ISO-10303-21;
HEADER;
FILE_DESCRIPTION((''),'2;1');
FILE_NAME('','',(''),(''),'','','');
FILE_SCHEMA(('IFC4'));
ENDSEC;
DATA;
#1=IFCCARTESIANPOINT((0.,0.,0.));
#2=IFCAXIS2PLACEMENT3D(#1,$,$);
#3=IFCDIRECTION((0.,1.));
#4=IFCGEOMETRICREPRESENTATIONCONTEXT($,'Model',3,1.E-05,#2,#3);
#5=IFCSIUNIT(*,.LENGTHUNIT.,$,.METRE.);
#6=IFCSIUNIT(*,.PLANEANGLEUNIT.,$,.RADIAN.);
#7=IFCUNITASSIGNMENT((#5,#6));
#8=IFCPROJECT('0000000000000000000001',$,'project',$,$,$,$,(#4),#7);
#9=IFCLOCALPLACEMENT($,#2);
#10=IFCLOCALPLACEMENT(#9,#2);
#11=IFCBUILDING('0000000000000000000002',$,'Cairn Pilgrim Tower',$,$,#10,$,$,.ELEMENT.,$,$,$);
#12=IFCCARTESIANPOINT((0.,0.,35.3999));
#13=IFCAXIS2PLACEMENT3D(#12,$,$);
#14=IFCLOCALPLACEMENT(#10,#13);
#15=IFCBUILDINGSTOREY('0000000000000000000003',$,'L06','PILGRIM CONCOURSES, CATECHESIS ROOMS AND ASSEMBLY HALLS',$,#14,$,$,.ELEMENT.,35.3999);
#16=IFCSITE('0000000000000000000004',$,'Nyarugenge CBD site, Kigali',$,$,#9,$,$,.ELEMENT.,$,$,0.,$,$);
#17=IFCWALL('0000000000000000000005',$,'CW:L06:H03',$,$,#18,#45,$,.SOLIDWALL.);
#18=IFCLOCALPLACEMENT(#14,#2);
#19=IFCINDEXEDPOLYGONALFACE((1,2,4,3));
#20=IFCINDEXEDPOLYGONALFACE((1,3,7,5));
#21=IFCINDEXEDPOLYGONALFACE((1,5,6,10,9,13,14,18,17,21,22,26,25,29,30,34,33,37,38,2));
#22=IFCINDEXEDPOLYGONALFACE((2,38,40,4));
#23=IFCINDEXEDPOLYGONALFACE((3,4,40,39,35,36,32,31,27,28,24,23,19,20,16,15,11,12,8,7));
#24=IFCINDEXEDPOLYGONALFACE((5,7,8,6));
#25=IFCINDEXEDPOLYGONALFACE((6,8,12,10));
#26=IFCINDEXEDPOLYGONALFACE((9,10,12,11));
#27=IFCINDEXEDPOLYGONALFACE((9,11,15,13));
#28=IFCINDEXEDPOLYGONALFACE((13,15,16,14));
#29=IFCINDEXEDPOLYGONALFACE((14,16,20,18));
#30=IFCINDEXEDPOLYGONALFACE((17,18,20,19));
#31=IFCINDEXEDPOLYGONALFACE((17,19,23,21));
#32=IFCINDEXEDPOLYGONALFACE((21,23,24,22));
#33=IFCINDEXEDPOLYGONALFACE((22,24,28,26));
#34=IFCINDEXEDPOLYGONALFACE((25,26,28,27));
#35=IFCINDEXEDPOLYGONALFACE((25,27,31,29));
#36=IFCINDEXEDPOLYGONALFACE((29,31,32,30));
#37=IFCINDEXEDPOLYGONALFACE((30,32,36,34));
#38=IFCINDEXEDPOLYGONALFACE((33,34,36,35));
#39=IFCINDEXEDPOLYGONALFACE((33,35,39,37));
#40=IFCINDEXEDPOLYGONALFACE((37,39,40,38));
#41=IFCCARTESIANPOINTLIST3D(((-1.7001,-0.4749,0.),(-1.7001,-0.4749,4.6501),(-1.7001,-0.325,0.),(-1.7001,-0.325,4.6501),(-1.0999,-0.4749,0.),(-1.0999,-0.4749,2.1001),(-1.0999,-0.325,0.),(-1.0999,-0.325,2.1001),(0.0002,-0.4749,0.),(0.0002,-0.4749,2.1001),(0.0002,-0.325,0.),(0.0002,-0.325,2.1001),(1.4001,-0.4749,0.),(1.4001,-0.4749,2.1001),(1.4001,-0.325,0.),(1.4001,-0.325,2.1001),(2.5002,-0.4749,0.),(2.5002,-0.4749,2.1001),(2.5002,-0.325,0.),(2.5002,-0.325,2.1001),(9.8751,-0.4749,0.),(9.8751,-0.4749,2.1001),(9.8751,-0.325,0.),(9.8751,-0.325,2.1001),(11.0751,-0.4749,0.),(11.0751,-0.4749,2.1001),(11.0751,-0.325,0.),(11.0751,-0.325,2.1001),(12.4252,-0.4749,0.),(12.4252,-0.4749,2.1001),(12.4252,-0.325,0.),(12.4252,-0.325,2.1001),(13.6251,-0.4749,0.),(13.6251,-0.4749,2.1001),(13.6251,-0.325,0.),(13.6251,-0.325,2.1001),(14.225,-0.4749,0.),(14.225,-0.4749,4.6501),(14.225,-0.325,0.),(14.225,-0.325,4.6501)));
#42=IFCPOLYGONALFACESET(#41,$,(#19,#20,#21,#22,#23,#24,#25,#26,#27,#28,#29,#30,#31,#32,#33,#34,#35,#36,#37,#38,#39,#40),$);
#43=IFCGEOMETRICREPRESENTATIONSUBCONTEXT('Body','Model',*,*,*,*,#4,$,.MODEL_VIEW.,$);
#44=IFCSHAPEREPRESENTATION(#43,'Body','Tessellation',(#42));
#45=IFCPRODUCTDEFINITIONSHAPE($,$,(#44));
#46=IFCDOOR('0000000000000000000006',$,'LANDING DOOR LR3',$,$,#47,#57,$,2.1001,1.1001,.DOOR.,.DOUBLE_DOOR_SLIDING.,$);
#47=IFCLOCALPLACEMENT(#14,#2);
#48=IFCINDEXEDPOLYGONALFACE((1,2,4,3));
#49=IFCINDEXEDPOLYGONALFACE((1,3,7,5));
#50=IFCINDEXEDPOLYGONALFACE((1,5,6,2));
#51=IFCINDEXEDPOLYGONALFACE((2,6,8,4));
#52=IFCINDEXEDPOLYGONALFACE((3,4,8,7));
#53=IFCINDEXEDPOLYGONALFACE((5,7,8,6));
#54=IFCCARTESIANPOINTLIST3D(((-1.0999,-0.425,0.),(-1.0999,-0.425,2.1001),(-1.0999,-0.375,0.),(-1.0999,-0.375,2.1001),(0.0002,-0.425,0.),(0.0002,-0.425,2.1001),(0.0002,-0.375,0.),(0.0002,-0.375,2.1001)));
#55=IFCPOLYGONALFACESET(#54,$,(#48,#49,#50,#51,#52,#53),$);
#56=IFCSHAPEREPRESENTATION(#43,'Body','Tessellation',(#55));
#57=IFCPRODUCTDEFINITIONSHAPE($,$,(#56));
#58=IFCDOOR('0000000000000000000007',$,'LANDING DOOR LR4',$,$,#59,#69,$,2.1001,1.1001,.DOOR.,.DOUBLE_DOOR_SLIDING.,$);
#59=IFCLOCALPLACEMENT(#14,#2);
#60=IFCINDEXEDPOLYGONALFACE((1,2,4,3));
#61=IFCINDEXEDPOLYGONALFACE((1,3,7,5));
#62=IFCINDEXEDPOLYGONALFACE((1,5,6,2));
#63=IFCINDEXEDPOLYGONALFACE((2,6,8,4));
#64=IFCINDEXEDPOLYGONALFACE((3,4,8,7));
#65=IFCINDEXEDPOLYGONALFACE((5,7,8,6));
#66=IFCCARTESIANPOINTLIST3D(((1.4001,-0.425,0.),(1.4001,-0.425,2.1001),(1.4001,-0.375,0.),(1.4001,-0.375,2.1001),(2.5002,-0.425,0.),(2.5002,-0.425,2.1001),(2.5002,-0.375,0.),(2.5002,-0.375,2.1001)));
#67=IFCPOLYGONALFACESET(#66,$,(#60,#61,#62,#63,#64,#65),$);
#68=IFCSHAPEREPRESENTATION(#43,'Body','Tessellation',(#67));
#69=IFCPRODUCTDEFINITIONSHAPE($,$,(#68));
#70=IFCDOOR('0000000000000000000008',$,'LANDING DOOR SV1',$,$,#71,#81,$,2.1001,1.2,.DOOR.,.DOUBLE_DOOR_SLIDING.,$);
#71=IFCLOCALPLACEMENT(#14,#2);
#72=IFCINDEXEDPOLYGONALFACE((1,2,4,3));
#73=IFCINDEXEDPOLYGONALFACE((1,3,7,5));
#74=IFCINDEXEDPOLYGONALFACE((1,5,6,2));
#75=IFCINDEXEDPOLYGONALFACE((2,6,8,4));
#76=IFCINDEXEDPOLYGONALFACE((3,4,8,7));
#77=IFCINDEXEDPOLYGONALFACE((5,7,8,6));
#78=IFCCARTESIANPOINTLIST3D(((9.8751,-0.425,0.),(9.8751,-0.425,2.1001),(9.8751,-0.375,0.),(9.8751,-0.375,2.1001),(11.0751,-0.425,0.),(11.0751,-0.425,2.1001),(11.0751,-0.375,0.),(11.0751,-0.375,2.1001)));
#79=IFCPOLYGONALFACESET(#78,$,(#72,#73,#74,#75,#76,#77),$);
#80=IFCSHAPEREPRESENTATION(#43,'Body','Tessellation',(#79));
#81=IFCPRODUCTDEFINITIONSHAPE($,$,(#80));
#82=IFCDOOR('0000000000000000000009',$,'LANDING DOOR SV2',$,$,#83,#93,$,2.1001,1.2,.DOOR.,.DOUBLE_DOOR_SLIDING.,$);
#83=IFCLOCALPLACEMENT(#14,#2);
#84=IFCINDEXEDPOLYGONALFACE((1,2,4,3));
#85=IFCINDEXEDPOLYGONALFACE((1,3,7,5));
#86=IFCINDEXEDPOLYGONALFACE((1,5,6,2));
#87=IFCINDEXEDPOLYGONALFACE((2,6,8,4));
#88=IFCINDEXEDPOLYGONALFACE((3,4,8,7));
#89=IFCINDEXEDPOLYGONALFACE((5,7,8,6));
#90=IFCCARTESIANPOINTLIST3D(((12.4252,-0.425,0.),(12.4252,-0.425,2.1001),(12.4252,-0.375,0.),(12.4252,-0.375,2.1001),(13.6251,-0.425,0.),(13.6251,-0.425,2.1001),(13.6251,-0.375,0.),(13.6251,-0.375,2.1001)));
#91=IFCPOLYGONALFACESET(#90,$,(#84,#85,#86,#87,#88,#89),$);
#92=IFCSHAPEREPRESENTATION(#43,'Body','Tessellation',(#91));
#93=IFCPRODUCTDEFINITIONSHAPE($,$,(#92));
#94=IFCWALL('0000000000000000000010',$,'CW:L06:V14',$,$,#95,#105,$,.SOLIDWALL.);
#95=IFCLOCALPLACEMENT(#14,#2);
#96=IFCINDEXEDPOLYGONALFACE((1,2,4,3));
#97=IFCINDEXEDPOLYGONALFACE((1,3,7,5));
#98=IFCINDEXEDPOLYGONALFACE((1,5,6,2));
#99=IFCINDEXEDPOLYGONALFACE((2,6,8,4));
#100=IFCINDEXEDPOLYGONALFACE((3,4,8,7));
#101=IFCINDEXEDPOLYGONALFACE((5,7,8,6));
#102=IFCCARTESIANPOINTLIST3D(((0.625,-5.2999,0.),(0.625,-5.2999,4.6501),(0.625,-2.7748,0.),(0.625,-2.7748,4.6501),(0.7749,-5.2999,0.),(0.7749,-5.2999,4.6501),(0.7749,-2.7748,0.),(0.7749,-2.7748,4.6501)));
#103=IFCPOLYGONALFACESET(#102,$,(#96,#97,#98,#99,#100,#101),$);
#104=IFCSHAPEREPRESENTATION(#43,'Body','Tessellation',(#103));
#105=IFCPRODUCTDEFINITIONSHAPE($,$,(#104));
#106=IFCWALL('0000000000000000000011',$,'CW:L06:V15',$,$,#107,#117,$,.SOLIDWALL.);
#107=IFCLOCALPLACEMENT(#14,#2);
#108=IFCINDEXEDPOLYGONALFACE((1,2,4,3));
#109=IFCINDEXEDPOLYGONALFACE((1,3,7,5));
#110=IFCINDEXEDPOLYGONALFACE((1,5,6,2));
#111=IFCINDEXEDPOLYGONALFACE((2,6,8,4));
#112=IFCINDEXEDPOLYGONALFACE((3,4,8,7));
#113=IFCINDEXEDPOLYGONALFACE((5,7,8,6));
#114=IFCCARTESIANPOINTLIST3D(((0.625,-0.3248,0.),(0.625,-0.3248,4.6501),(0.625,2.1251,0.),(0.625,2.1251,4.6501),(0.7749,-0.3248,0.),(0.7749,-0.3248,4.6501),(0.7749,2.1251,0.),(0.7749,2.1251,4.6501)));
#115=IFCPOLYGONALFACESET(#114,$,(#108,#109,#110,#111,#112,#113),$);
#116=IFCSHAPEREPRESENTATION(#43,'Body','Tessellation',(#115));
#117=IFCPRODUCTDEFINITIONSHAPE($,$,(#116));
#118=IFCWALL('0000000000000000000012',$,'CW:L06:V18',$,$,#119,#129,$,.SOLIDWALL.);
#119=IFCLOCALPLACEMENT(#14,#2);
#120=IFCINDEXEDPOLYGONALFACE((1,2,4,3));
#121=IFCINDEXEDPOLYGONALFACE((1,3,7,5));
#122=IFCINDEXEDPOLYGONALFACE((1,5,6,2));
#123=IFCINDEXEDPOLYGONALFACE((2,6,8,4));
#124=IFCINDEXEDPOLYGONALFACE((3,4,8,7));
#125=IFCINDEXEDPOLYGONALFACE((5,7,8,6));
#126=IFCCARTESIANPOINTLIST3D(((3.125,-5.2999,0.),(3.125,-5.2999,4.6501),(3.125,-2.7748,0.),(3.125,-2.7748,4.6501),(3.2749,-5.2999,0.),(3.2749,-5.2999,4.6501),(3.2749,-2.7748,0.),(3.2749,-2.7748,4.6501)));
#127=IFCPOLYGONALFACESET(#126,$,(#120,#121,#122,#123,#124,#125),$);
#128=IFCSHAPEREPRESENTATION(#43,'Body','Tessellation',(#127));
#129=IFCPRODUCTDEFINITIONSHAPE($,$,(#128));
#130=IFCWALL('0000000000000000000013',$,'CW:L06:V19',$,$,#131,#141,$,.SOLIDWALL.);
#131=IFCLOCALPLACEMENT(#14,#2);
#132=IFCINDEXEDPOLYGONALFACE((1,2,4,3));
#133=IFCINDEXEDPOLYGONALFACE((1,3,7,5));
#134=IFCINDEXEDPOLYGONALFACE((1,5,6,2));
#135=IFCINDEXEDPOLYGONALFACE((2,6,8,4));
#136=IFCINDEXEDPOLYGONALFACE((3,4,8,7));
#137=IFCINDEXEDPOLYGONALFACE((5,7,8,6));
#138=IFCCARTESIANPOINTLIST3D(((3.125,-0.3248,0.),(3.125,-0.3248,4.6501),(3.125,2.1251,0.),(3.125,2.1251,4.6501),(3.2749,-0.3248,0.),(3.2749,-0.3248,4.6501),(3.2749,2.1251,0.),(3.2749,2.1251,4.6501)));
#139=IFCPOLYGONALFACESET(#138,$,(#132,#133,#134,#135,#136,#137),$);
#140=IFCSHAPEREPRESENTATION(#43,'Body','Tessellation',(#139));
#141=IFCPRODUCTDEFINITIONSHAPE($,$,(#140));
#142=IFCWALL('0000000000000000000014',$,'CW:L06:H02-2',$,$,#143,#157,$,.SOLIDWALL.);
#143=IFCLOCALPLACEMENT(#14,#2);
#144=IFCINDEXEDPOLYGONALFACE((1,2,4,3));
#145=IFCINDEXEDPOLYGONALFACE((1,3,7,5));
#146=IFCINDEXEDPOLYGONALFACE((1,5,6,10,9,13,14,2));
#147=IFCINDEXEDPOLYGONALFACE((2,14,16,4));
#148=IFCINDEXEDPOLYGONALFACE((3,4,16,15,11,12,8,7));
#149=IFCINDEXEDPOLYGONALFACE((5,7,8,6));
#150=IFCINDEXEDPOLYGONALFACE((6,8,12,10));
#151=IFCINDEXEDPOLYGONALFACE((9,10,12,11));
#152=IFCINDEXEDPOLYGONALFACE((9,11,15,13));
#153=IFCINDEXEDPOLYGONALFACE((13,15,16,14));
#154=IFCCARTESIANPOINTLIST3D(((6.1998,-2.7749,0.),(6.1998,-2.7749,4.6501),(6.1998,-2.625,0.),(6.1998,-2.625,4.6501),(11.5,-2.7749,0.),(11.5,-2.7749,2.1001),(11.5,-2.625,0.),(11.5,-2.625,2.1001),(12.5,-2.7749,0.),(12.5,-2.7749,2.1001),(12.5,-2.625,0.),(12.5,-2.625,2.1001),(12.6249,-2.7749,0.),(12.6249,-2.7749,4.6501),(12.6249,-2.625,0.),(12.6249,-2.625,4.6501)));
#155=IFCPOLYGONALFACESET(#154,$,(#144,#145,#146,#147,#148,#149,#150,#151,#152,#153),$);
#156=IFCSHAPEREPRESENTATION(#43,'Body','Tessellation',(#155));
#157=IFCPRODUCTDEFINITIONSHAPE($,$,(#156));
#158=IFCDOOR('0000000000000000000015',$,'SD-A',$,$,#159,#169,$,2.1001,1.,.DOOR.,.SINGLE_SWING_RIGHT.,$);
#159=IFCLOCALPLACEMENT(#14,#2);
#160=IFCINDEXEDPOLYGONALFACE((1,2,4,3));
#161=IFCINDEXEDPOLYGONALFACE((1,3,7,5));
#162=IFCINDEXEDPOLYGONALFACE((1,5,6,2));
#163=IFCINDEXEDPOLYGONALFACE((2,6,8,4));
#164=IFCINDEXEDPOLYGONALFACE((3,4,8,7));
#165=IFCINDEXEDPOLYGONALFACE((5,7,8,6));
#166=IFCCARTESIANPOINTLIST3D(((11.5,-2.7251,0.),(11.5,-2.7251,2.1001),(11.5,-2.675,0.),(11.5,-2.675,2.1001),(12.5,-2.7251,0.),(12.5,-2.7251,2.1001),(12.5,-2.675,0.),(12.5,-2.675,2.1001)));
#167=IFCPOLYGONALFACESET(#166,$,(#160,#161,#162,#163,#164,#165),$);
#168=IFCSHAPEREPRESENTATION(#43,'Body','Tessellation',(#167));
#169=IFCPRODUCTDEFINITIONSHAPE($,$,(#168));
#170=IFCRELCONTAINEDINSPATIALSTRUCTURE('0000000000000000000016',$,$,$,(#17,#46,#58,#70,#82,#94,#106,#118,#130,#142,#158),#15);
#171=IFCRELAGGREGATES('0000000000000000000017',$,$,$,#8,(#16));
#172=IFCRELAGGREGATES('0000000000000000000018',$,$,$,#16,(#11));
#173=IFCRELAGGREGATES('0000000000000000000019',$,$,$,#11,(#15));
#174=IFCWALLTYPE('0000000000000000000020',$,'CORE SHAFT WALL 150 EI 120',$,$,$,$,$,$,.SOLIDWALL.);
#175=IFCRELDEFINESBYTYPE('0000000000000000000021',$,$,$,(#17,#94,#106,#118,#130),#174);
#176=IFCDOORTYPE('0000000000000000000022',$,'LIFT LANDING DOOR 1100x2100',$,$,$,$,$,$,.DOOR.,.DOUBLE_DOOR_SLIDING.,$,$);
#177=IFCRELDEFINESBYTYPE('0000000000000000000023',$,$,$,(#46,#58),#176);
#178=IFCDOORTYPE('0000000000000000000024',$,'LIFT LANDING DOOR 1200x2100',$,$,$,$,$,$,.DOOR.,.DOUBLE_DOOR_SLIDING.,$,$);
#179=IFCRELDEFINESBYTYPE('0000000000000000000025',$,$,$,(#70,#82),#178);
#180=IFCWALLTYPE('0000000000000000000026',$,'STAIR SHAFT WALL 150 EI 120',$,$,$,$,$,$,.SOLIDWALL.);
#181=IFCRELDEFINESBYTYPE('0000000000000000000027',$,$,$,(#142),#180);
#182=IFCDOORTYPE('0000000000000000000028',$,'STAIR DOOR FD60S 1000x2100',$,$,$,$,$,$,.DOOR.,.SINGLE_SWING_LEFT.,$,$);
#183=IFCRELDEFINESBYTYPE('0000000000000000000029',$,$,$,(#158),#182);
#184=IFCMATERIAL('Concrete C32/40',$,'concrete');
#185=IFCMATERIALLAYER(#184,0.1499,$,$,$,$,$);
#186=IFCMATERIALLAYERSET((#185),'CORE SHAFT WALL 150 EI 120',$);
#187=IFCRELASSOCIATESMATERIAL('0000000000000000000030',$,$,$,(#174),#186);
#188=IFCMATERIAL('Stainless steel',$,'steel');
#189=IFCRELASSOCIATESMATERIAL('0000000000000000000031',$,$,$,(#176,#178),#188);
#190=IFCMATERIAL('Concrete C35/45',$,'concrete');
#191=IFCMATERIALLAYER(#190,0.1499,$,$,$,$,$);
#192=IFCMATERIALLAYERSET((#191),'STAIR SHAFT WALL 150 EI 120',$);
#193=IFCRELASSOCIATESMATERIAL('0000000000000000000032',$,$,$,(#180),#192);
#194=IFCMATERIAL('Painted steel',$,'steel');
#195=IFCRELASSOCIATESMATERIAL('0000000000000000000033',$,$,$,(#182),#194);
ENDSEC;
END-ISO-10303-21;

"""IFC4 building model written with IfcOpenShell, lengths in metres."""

from ifc_helpers import new_model, si_unit, direction, frame, frame_2d, origin, place, context, subcontext, project, spatial, rectangle, extrude, material, layer, layer_set, type_object, element, fill, save


model = new_model("IFC4")

# Units and contexts
model_context = context("Model", 3, precision=1e-05, world=origin(), true_north=direction((0.0, 1.0)))
body_context = subcontext(model_context, "Body", "Model", "MODEL_VIEW")
ifc_project = project(units=[si_unit("LENGTHUNIT", "METRE"), si_unit("PLANEANGLEUNIT", "RADIAN")], contexts=[model_context])

# Site, building, storey
site_placement = place(None, origin())
site = spatial("IfcSite", under=ifc_project, at=site_placement, Name="Nyarugenge CBD site, Kigali", CompositionType="ELEMENT", RefElevation=0.0)
building_placement = place(site_placement, origin())
building = spatial("IfcBuilding", under=site, at=building_placement, Name="Cairn Pilgrim Tower", CompositionType="ELEMENT")
storey_placement = place(building_placement, frame((0.0, 0.0, 35.3999)))
storey = spatial("IfcBuildingStorey", under=building, at=storey_placement, Name="L06", Description="PILGRIM CONCOURSES, CATECHESIS ROOMS AND ASSEMBLY HALLS", CompositionType="ELEMENT", Elevation=35.3999)

# Shared definitions
ifc_material_1 = material(Name="Concrete C35/45", Category="concrete")

# Shared definitions
ifc_material_2 = material(Name="Concrete C32/40", Category="concrete")

# Wall, openings, doors
ifc_material_3 = material(Name="Painted steel", Category="steel")
ifc_layer_1 = layer(ifc_material_2, 0.1499)
ifc_layer_set_1 = layer_set([ifc_layer_1], Name="CORE SHAFT WALL 150 EI 120")
wall_type_1 = type_object("IfcWallType", Name="CORE SHAFT WALL 150 EI 120", PredefinedType="SOLIDWALL", material=ifc_layer_set_1)
ifc_material_4 = material(Name="Stainless steel", Category="steel")
door_type_1 = type_object("IfcDoorType", Name="LIFT LANDING DOOR 1100x2100", OperationType="DOUBLE_DOOR_SLIDING", PredefinedType="DOOR", material=ifc_material_4)
wall_1_placement = place(storey_placement, frame((-1.7, -0.3999, 0.0), z_axis=(0.0, 0.0, 1.0), x_axis=(1.0, 0.0, 0.0)))
wall_1 = element("IfcWall", 1, at=wall_1_placement, inside=storey, type_object=wall_type_1, Name="CW:L06:H03", PredefinedType="SOLIDWALL", context=body_context, shape_type="SweptSolid", body=[
    extrude(rectangle(XDim=15.925, YDim=0.1499, at=frame_2d((7.9624, 0.0))), origin(), (0.0, 0.0, 1.0), 4.6501),
])
opening_1_placement = place(wall_1_placement, frame((0.6001, 0.0, 0.0)))
opening_1 = element("IfcOpeningElement", 2, at=opening_1_placement, cuts=wall_1, PredefinedType="OPENING", context=body_context, shape_type="SweptSolid", body=[
    extrude(rectangle(XDim=1.1001, YDim=2.1001, at=frame_2d((0.55, 1.05))), frame((0.0, 0.085, 0.0), z_axis=(0.0, -1.0, 0.0), x_axis=(1.0, 0.0, 0.0)), (0.0, 0.0, 1.0), 0.1699),
])
opening_2_placement = place(wall_1_placement, frame((3.1001, 0.0, 0.0)))
opening_2 = element("IfcOpeningElement", 3, at=opening_2_placement, cuts=wall_1, PredefinedType="OPENING", context=body_context, shape_type="SweptSolid", body=[
    extrude(rectangle(XDim=1.1001, YDim=2.1001, at=frame_2d((0.55, 1.05))), frame((0.0, 0.085, 0.0), z_axis=(0.0, -1.0, 0.0), x_axis=(1.0, 0.0, 0.0)), (0.0, 0.0, 1.0), 0.1699),
])
opening_3_placement = place(wall_1_placement, frame((11.575, 0.0, 0.0)))
opening_3 = element("IfcOpeningElement", 4, at=opening_3_placement, cuts=wall_1, PredefinedType="OPENING", context=body_context, shape_type="SweptSolid", body=[
    extrude(rectangle(XDim=1.2, YDim=2.1001, at=frame_2d((0.6001, 1.05))), frame((0.0, 0.085, 0.0), z_axis=(0.0, -1.0, 0.0), x_axis=(1.0, 0.0, 0.0)), (0.0, 0.0, 1.0), 0.1699),
])
opening_4_placement = place(wall_1_placement, frame((14.125, 0.0, 0.0)))
opening_4 = element("IfcOpeningElement", 5, at=opening_4_placement, cuts=wall_1, PredefinedType="OPENING", context=body_context, shape_type="SweptSolid", body=[
    extrude(rectangle(XDim=1.2, YDim=2.1001, at=frame_2d((0.6001, 1.05))), frame((0.0, 0.085, 0.0), z_axis=(0.0, -1.0, 0.0), x_axis=(1.0, 0.0, 0.0)), (0.0, 0.0, 1.0), 0.1699),
])
door_1_placement = place(opening_1_placement, origin())
door_1 = element("IfcDoor", 6, at=door_1_placement, inside=storey, type_object=door_type_1, Name="LANDING DOOR LR3", OperationType="DOUBLE_DOOR_SLIDING", OverallHeight=2.1001, OverallWidth=1.1001, PredefinedType="DOOR", context=body_context, shape_type="SweptSolid", body=[
    extrude(rectangle(XDim=1.1001, YDim=2.1001, at=frame_2d((0.55, 1.05))), frame((0.0, 0.0249, 0.0), z_axis=(0.0, -1.0, 0.0), x_axis=(1.0, 0.0, 0.0)), (0.0, 0.0, 1.0), 0.05),
])
fill(opening_1, door_1)
door_2_placement = place(opening_2_placement, origin())
door_2 = element("IfcDoor", 7, at=door_2_placement, inside=storey, type_object=door_type_1, Name="LANDING DOOR LR4", OperationType="DOUBLE_DOOR_SLIDING", OverallHeight=2.1001, OverallWidth=1.1001, PredefinedType="DOOR", context=body_context, shape_type="SweptSolid", body=[
    extrude(rectangle(XDim=1.1001, YDim=2.1001, at=frame_2d((0.55, 1.05))), frame((0.0, 0.0249, 0.0), z_axis=(0.0, -1.0, 0.0), x_axis=(1.0, 0.0, 0.0)), (0.0, 0.0, 1.0), 0.05),
])
fill(opening_2, door_2)
door_type_2 = type_object("IfcDoorType", Name="LIFT LANDING DOOR 1200x2100", OperationType="DOUBLE_DOOR_SLIDING", PredefinedType="DOOR", material=ifc_material_4)
door_3_placement = place(opening_3_placement, origin())
door_3 = element("IfcDoor", 8, at=door_3_placement, inside=storey, type_object=door_type_2, Name="LANDING DOOR SV1", OperationType="DOUBLE_DOOR_SLIDING", OverallHeight=2.1001, OverallWidth=1.2, PredefinedType="DOOR", context=body_context, shape_type="SweptSolid", body=[
    extrude(rectangle(XDim=1.2, YDim=2.1001, at=frame_2d((0.6001, 1.05))), frame((0.0, 0.0249, 0.0), z_axis=(0.0, -1.0, 0.0), x_axis=(1.0, 0.0, 0.0)), (0.0, 0.0, 1.0), 0.05),
])
fill(opening_3, door_3)
door_4_placement = place(opening_4_placement, origin())
door_4 = element("IfcDoor", 9, at=door_4_placement, inside=storey, type_object=door_type_2, Name="LANDING DOOR SV2", OperationType="DOUBLE_DOOR_SLIDING", OverallHeight=2.1001, OverallWidth=1.2, PredefinedType="DOOR", context=body_context, shape_type="SweptSolid", body=[
    extrude(rectangle(XDim=1.2, YDim=2.1001, at=frame_2d((0.6001, 1.05))), frame((0.0, 0.0249, 0.0), z_axis=(0.0, -1.0, 0.0), x_axis=(1.0, 0.0, 0.0)), (0.0, 0.0, 1.0), 0.05),
])
fill(opening_4, door_4)

# Walls
wall_2_placement = place(storey_placement, frame((0.7, -5.3, 0.0), z_axis=(0.0, 0.0, 1.0), x_axis=(0.0, 1.0, 0.0)))
element("IfcWall", 10, at=wall_2_placement, inside=storey, type_object=wall_type_1, Name="CW:L06:V14", PredefinedType="SOLIDWALL", context=body_context, shape_type="SweptSolid", body=[
    extrude(rectangle(XDim=2.5251, YDim=0.1499, at=frame_2d((1.2627, 0.0))), origin(), (0.0, 0.0, 1.0), 4.6501),
])
wall_3_placement = place(storey_placement, frame((0.7, -0.325, 0.0), z_axis=(0.0, 0.0, 1.0), x_axis=(0.0, 1.0, 0.0)))
element("IfcWall", 11, at=wall_3_placement, inside=storey, type_object=wall_type_1, Name="CW:L06:V15", PredefinedType="SOLIDWALL", context=body_context, shape_type="SweptSolid", body=[
    extrude(rectangle(XDim=2.45, YDim=0.1499, at=frame_2d((1.2251, 0.0))), origin(), (0.0, 0.0, 1.0), 4.6501),
])
wall_4_placement = place(storey_placement, frame((3.2, -5.3, 0.0), z_axis=(0.0, 0.0, 1.0), x_axis=(0.0, 1.0, 0.0)))
element("IfcWall", 12, at=wall_4_placement, inside=storey, type_object=wall_type_1, Name="CW:L06:V18", PredefinedType="SOLIDWALL", context=body_context, shape_type="SweptSolid", body=[
    extrude(rectangle(XDim=2.5251, YDim=0.1499, at=frame_2d((1.2627, 0.0))), origin(), (0.0, 0.0, 1.0), 4.6501),
])
wall_5_placement = place(storey_placement, frame((3.2, -0.325, 0.0), z_axis=(0.0, 0.0, 1.0), x_axis=(0.0, 1.0, 0.0)))
element("IfcWall", 13, at=wall_5_placement, inside=storey, type_object=wall_type_1, Name="CW:L06:V19", PredefinedType="SOLIDWALL", context=body_context, shape_type="SweptSolid", body=[
    extrude(rectangle(XDim=2.45, YDim=0.1499, at=frame_2d((1.2251, 0.0))), origin(), (0.0, 0.0, 1.0), 4.6501),
])

# Wall, opening, door
ifc_layer_2 = layer(ifc_material_1, 0.1499)
ifc_layer_set_2 = layer_set([ifc_layer_2], Name="STAIR SHAFT WALL 150 EI 120")
wall_type_2 = type_object("IfcWallType", Name="STAIR SHAFT WALL 150 EI 120", PredefinedType="SOLIDWALL", material=ifc_layer_set_2)
wall_6_placement = place(storey_placement, frame((6.2, -2.7, 0.0), z_axis=(0.0, 0.0, 1.0), x_axis=(1.0, 0.0, 0.0)))
wall_6 = element("IfcWall", 14, at=wall_6_placement, inside=storey, type_object=wall_type_2, Name="CW:L06:H02-2", PredefinedType="SOLIDWALL", context=body_context, shape_type="SweptSolid", body=[
    extrude(rectangle(XDim=6.425, YDim=0.1499, at=frame_2d((3.2124, 0.0))), origin(), (0.0, 0.0, 1.0), 4.6501),
])
opening_5_placement = place(wall_6_placement, frame((5.3, 0.0, 0.0)))
opening_5 = element("IfcOpeningElement", 15, at=opening_5_placement, cuts=wall_6, PredefinedType="OPENING", context=body_context, shape_type="SweptSolid", body=[
    extrude(rectangle(XDim=1.0, YDim=2.1001, at=frame_2d((0.5, 1.05))), frame((0.0, 0.085, 0.0), z_axis=(0.0, -1.0, 0.0), x_axis=(1.0, 0.0, 0.0)), (0.0, 0.0, 1.0), 0.1699),
])
door_type_3 = type_object("IfcDoorType", Name="STAIR DOOR FD60S 1000x2100", OperationType="SINGLE_SWING_LEFT", PredefinedType="DOOR", material=ifc_material_3)
door_5_placement = place(opening_5_placement, origin())
door_5 = element("IfcDoor", 16, at=door_5_placement, inside=storey, type_object=door_type_3, Name="SD-A", OperationType="SINGLE_SWING_RIGHT", OverallHeight=2.1001, OverallWidth=1.0, PredefinedType="DOOR", context=body_context, shape_type="SweptSolid", body=[
    extrude(rectangle(XDim=1.0, YDim=2.1001, at=frame_2d((0.5, 1.05))), frame((0.0, 0.0249, 0.0), z_axis=(0.0, -1.0, 0.0), x_axis=(1.0, 0.0, 0.0)), (0.0, 0.0, 1.0), 0.05),
])
fill(opening_5, door_5)

save(model, "model.ifc")
